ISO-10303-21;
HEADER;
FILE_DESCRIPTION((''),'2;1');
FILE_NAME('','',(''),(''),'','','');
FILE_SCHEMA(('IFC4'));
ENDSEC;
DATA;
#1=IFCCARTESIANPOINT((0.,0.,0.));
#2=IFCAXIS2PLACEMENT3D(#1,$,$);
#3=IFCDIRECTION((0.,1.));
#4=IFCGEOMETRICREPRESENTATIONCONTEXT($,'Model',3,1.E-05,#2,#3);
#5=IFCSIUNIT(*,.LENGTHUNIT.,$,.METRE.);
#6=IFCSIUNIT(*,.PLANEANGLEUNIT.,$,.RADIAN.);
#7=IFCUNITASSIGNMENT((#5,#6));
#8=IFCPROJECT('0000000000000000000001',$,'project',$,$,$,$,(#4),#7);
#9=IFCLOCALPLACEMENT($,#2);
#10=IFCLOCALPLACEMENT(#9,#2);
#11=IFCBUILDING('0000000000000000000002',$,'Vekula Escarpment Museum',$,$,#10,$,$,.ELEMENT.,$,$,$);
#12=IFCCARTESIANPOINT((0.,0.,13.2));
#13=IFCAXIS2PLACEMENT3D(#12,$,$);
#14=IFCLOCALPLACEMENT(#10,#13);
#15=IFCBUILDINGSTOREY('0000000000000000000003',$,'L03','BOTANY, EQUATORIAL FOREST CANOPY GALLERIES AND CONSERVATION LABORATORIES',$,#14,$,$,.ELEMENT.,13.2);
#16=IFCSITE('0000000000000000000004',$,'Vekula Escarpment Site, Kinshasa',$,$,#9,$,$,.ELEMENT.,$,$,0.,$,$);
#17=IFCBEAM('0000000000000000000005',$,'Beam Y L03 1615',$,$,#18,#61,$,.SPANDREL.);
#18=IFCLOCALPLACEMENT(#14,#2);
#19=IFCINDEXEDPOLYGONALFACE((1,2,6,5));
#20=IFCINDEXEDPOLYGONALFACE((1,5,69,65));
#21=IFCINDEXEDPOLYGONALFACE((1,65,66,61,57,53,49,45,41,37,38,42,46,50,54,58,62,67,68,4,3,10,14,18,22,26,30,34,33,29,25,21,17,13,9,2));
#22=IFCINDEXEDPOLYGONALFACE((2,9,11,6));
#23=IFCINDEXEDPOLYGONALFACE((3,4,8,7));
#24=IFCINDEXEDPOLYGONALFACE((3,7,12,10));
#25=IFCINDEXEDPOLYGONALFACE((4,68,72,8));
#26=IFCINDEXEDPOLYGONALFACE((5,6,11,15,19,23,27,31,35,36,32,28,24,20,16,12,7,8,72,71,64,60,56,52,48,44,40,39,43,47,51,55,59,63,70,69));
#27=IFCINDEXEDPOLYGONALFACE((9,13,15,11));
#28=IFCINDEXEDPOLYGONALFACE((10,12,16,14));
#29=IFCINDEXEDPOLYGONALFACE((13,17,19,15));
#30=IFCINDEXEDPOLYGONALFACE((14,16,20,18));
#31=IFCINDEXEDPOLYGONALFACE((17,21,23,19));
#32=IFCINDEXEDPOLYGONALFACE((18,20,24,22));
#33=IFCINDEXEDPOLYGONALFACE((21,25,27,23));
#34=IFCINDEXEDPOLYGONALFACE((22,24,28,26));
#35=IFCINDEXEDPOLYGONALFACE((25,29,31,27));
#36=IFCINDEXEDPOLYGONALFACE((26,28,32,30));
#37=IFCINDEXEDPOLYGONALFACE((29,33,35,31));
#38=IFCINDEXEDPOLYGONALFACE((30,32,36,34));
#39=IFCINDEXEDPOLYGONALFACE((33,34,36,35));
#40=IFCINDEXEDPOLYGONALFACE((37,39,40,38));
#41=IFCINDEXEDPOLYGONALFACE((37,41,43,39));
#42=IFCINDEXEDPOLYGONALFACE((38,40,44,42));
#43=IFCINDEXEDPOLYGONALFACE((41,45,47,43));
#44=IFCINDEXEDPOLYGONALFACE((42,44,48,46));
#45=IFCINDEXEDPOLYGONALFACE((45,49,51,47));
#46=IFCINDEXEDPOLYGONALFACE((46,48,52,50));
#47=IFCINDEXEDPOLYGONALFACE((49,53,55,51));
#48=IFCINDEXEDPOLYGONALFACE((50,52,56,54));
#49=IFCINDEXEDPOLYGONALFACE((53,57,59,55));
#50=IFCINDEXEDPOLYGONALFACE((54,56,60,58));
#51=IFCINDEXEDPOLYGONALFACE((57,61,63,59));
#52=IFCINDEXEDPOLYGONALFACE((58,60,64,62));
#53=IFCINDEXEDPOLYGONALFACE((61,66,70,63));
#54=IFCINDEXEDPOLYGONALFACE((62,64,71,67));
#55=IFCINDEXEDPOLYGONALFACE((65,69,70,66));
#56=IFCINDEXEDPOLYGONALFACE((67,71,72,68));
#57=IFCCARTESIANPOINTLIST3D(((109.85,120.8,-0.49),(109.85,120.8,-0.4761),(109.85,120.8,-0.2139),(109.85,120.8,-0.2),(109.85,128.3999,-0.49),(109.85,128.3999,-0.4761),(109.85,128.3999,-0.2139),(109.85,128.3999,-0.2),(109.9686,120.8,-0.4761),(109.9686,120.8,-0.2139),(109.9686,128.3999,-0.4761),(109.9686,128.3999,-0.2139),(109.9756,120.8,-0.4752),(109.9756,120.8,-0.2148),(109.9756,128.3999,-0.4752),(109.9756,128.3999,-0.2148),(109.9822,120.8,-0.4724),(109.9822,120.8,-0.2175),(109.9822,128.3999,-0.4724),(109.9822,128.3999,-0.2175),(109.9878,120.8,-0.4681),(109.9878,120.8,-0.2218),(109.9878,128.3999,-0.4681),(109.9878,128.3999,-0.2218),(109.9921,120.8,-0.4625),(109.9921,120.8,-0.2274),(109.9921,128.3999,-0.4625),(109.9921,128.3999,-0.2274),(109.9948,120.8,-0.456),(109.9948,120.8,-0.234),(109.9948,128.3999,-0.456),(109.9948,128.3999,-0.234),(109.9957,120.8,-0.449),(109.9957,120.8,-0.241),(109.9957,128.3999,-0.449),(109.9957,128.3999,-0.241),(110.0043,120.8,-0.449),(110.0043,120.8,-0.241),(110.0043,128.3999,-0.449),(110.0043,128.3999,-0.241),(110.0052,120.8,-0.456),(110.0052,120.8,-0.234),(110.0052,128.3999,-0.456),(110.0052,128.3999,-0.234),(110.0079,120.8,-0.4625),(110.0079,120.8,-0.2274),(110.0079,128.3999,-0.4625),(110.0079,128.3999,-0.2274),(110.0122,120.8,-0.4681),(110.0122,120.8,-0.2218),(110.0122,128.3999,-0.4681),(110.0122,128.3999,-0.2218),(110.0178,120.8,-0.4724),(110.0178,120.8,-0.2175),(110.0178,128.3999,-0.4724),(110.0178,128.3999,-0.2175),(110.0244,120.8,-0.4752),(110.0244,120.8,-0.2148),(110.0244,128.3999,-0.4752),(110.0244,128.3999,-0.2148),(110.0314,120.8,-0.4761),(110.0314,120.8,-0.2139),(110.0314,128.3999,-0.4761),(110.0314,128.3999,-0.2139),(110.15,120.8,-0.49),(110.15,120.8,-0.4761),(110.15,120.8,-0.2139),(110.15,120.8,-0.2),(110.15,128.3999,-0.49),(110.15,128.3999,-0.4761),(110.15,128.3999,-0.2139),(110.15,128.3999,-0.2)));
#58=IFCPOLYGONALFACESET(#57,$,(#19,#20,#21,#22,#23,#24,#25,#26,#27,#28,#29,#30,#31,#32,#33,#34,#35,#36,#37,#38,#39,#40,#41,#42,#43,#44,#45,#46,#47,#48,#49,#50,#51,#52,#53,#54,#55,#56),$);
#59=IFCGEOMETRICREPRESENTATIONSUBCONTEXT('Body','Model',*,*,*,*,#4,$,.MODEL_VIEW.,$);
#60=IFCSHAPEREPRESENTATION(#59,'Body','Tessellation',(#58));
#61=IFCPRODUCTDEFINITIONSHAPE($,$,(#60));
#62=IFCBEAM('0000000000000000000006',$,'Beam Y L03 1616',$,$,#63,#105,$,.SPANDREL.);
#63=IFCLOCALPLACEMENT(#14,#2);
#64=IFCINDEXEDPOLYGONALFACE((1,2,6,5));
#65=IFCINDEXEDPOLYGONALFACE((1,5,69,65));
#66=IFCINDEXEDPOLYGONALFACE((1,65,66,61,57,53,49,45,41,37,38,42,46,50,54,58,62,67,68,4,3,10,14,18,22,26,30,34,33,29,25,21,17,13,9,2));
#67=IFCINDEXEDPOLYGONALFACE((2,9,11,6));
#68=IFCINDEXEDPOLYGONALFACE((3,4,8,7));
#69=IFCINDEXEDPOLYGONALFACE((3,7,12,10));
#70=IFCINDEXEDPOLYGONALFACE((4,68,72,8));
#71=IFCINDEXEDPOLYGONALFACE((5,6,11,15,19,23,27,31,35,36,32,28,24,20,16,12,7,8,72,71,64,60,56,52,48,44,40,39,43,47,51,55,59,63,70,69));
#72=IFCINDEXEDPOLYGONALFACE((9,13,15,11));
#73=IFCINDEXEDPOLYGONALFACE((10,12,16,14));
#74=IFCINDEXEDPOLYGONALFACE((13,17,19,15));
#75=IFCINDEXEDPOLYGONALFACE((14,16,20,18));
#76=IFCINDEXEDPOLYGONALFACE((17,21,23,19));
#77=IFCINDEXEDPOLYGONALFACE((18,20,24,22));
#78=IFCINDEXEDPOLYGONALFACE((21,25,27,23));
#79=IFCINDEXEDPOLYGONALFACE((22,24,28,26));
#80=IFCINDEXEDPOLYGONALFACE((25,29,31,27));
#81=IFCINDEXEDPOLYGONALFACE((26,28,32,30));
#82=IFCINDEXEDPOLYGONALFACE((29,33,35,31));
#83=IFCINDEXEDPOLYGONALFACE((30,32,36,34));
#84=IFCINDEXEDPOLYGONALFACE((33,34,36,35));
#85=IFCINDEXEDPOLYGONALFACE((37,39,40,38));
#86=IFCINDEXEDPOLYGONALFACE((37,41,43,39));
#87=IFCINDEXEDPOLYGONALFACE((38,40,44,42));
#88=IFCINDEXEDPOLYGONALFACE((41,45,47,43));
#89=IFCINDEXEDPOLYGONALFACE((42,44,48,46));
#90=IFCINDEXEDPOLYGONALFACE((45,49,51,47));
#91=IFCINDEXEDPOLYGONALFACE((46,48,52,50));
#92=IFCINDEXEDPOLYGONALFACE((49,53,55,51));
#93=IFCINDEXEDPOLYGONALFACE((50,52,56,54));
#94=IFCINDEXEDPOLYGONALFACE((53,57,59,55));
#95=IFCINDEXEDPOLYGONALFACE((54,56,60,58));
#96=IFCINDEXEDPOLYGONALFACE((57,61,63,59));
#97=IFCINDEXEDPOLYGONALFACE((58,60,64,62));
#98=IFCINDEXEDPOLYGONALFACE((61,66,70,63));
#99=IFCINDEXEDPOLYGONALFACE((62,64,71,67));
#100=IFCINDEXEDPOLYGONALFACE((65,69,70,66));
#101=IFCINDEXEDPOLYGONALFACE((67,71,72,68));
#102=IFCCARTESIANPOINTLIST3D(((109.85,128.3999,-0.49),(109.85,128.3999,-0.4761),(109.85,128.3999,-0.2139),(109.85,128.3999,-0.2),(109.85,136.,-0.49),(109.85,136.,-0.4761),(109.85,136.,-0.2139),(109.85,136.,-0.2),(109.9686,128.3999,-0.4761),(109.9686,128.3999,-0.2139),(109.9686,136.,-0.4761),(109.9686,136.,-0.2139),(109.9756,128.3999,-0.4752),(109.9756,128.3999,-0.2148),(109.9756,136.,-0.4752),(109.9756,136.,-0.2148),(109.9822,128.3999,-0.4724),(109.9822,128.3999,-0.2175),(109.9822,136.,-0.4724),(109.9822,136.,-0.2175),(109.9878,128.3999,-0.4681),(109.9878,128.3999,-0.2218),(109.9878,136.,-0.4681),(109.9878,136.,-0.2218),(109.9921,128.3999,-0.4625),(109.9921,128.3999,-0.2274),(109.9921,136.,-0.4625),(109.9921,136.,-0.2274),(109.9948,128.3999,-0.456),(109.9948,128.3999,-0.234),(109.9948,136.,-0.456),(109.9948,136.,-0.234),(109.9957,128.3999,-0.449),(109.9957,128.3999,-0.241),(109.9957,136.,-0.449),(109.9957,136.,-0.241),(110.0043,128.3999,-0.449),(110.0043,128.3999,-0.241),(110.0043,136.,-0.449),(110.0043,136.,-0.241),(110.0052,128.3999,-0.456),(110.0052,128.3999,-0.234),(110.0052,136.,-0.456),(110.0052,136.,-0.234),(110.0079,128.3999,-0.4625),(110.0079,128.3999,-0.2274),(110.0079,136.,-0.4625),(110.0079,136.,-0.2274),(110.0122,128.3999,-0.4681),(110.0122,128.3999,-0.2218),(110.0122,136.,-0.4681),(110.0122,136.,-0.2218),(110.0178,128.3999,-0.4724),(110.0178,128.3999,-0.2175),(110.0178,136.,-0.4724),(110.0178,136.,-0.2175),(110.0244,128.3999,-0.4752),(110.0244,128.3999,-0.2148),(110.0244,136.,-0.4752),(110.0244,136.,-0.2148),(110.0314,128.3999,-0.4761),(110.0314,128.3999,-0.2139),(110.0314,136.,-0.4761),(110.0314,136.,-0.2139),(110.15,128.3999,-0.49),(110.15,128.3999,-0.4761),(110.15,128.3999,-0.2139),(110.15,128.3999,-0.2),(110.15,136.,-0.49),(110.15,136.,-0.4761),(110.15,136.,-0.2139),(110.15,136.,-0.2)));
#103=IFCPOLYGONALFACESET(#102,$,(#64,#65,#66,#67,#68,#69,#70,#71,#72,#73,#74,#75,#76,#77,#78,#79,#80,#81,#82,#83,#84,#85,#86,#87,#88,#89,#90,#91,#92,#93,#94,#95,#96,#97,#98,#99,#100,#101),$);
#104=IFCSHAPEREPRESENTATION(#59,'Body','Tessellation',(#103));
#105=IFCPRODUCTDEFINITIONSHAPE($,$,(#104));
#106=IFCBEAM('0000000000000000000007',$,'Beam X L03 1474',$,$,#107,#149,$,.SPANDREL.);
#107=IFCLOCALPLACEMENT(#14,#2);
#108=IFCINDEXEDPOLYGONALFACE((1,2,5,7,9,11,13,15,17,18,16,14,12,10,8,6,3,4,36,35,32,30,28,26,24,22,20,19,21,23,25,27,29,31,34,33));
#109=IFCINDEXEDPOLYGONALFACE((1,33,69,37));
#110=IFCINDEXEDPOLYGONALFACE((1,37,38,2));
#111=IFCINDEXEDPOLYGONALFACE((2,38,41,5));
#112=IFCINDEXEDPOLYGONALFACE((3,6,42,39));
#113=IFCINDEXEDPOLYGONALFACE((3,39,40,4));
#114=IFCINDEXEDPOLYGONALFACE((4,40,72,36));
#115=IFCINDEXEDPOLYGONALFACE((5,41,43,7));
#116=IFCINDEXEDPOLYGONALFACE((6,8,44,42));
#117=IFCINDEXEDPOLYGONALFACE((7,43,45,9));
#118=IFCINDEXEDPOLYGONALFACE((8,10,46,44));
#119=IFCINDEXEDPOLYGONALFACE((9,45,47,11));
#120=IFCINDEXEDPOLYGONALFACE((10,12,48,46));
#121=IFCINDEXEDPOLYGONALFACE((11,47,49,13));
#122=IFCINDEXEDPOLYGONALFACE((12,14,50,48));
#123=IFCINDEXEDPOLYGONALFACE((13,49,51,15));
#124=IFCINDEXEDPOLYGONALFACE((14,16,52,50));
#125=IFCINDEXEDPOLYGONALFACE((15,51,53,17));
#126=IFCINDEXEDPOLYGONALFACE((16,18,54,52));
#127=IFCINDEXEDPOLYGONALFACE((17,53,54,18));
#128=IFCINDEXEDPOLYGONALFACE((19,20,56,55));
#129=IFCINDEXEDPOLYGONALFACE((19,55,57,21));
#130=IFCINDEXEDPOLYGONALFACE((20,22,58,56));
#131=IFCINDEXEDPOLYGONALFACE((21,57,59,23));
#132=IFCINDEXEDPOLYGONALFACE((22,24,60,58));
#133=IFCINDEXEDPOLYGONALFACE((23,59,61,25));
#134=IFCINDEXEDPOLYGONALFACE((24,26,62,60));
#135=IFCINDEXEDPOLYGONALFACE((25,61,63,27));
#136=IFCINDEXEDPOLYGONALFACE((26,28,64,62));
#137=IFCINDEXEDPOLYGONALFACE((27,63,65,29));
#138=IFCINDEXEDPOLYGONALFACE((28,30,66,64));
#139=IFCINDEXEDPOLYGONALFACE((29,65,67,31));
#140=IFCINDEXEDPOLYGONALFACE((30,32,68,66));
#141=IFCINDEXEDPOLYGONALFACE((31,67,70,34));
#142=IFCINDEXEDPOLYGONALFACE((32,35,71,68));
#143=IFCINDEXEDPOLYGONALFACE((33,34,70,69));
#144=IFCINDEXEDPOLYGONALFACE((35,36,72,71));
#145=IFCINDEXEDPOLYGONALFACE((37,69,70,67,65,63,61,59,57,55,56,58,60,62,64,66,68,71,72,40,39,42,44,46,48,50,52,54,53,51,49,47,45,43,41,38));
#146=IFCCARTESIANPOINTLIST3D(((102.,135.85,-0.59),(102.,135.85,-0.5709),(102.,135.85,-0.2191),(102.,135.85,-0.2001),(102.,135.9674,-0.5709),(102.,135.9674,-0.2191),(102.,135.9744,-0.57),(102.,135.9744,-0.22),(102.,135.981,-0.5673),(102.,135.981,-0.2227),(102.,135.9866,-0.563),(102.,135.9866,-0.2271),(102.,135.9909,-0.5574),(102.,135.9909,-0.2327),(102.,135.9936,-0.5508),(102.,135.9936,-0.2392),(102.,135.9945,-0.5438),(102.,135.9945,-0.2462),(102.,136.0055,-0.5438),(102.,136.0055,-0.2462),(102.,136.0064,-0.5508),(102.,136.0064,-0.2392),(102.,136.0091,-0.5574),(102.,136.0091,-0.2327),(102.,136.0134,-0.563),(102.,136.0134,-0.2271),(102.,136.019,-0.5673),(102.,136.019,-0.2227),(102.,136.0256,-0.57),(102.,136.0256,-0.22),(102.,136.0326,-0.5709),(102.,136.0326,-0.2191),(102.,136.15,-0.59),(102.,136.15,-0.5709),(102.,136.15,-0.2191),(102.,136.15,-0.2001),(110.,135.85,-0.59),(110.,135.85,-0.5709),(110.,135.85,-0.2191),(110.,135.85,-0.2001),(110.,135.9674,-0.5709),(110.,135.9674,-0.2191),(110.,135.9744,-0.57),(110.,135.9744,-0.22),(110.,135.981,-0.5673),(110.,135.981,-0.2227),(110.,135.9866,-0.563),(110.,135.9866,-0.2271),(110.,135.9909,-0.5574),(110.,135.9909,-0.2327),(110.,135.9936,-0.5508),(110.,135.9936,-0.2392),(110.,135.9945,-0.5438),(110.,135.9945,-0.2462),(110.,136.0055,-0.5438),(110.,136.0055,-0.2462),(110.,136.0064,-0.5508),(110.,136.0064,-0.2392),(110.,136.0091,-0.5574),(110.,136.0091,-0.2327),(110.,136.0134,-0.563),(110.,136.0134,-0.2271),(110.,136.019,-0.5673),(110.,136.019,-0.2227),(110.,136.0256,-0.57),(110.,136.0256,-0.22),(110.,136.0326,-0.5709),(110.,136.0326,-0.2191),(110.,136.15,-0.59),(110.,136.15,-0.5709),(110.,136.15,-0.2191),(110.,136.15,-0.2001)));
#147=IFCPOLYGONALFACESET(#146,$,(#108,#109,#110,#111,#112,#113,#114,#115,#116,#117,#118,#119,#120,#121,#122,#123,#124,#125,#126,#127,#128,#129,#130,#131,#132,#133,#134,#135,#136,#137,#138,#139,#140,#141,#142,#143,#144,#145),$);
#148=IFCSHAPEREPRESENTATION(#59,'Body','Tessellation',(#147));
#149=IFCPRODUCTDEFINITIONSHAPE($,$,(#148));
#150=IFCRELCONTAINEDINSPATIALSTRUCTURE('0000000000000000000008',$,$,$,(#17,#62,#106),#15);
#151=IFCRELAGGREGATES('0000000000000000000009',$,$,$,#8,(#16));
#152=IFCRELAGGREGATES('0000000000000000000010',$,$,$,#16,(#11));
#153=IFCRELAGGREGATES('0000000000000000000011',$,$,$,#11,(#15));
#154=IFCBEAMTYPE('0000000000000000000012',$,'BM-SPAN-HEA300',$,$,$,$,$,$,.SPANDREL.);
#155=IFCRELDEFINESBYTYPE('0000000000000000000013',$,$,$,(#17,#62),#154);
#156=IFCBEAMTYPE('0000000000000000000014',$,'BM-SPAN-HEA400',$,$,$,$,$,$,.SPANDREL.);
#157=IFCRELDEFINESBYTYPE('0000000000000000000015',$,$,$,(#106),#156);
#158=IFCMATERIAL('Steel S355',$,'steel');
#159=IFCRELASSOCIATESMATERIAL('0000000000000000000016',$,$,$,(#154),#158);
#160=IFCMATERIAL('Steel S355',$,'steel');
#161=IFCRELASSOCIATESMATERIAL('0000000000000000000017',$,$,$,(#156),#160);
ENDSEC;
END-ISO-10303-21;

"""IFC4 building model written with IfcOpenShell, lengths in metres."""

from ifc_helpers import new_model, si_unit, direction, frame, origin, origin_2d, place, context, subcontext, project, spatial, i_section, extrude, material, material_profile, profile_set, type_object, element, save


model = new_model("IFC4")

# Units and contexts
model_context = context("Model", 3, precision=1e-05, world=origin(), true_north=direction((0.0, 1.0)))
body_context = subcontext(model_context, "Body", "Model", "MODEL_VIEW")
ifc_project = project(units=[si_unit("LENGTHUNIT", "METRE"), si_unit("PLANEANGLEUNIT", "RADIAN")], contexts=[model_context])

# Site, building, storey
site_placement = place(None, origin())
site = spatial("IfcSite", under=ifc_project, at=site_placement, Name="Vekula Escarpment Site, Kinshasa", CompositionType="ELEMENT", RefElevation=0.0)
building_placement = place(site_placement, origin())
building = spatial("IfcBuilding", under=site, at=building_placement, Name="Vekula Escarpment Museum", CompositionType="ELEMENT")
storey_placement = place(building_placement, frame((0.0, 0.0, 13.2)))
storey = spatial("IfcBuildingStorey", under=building, at=storey_placement, Name="L03", Description="BOTANY, EQUATORIAL FOREST CANOPY GALLERIES AND CONSERVATION LABORATORIES", CompositionType="ELEMENT", Elevation=13.2)

# Beams
ifc_material_1 = material(Name="Steel S355", Category="steel")
ifc_material_profile_1 = material_profile(ifc_material_1, i_section(OverallWidth=0.3, OverallDepth=0.29, WebThickness=0.0085, FlangeThickness=0.0139, FilletRadius=0.0271, at=origin_2d()), Name="HEA 300")
ifc_profile_set_1 = profile_set([ifc_material_profile_1], Name="Steel S355")
beam_type_1 = type_object("IfcBeamType", Name="BM-SPAN-HEA300", PredefinedType="SPANDREL", material=ifc_profile_set_1)
beam_1_placement = place(storey_placement, frame((110.0, 120.8, -0.345), z_axis=(0.0, 1.0, 0.0), x_axis=(-1.0, 0.0, 0.0)))
element("IfcBeam", 1, at=beam_1_placement, inside=storey, type_object=beam_type_1, Name="Beam Y L03 1615", PredefinedType="SPANDREL", context=body_context, shape_type="SweptSolid", body=[
    extrude(i_section(OverallWidth=0.3, OverallDepth=0.29, WebThickness=0.0085, FlangeThickness=0.0139, FilletRadius=0.0271, at=origin_2d()), origin(), (0.0, 0.0, 1.0), 7.5999),
])
beam_2_placement = place(storey_placement, frame((110.0, 128.3999, -0.345), z_axis=(0.0, 1.0, 0.0), x_axis=(-1.0, 0.0, 0.0)))
element("IfcBeam", 2, at=beam_2_placement, inside=storey, type_object=beam_type_1, Name="Beam Y L03 1616", PredefinedType="SPANDREL", context=body_context, shape_type="SweptSolid", body=[
    extrude(i_section(OverallWidth=0.3, OverallDepth=0.29, WebThickness=0.0085, FlangeThickness=0.0139, FilletRadius=0.0271, at=origin_2d()), origin(), (0.0, 0.0, 1.0), 7.6001),
])
ifc_material_2 = material(Name="Steel S355", Category="steel")
ifc_material_profile_2 = material_profile(ifc_material_2, i_section(OverallWidth=0.3, OverallDepth=0.3899, WebThickness=0.011, FlangeThickness=0.019, FilletRadius=0.0271, at=origin_2d()), Name="HEA 400")
ifc_profile_set_2 = profile_set([ifc_material_profile_2], Name="Steel S355")
beam_type_2 = type_object("IfcBeamType", Name="BM-SPAN-HEA400", PredefinedType="SPANDREL", material=ifc_profile_set_2)
beam_3_placement = place(storey_placement, frame((102.0, 136.0, -0.395), z_axis=(1.0, 0.0, 0.0), x_axis=(0.0, 1.0, 0.0)))
element("IfcBeam", 3, at=beam_3_placement, inside=storey, type_object=beam_type_2, Name="Beam X L03 1474", PredefinedType="SPANDREL", context=body_context, shape_type="SweptSolid", body=[
    extrude(i_section(OverallWidth=0.3, OverallDepth=0.3899, WebThickness=0.011, FlangeThickness=0.019, FilletRadius=0.0271, at=origin_2d()), origin(), (0.0, 0.0, 1.0), 8.0),
])

save(model, "model.ifc")
